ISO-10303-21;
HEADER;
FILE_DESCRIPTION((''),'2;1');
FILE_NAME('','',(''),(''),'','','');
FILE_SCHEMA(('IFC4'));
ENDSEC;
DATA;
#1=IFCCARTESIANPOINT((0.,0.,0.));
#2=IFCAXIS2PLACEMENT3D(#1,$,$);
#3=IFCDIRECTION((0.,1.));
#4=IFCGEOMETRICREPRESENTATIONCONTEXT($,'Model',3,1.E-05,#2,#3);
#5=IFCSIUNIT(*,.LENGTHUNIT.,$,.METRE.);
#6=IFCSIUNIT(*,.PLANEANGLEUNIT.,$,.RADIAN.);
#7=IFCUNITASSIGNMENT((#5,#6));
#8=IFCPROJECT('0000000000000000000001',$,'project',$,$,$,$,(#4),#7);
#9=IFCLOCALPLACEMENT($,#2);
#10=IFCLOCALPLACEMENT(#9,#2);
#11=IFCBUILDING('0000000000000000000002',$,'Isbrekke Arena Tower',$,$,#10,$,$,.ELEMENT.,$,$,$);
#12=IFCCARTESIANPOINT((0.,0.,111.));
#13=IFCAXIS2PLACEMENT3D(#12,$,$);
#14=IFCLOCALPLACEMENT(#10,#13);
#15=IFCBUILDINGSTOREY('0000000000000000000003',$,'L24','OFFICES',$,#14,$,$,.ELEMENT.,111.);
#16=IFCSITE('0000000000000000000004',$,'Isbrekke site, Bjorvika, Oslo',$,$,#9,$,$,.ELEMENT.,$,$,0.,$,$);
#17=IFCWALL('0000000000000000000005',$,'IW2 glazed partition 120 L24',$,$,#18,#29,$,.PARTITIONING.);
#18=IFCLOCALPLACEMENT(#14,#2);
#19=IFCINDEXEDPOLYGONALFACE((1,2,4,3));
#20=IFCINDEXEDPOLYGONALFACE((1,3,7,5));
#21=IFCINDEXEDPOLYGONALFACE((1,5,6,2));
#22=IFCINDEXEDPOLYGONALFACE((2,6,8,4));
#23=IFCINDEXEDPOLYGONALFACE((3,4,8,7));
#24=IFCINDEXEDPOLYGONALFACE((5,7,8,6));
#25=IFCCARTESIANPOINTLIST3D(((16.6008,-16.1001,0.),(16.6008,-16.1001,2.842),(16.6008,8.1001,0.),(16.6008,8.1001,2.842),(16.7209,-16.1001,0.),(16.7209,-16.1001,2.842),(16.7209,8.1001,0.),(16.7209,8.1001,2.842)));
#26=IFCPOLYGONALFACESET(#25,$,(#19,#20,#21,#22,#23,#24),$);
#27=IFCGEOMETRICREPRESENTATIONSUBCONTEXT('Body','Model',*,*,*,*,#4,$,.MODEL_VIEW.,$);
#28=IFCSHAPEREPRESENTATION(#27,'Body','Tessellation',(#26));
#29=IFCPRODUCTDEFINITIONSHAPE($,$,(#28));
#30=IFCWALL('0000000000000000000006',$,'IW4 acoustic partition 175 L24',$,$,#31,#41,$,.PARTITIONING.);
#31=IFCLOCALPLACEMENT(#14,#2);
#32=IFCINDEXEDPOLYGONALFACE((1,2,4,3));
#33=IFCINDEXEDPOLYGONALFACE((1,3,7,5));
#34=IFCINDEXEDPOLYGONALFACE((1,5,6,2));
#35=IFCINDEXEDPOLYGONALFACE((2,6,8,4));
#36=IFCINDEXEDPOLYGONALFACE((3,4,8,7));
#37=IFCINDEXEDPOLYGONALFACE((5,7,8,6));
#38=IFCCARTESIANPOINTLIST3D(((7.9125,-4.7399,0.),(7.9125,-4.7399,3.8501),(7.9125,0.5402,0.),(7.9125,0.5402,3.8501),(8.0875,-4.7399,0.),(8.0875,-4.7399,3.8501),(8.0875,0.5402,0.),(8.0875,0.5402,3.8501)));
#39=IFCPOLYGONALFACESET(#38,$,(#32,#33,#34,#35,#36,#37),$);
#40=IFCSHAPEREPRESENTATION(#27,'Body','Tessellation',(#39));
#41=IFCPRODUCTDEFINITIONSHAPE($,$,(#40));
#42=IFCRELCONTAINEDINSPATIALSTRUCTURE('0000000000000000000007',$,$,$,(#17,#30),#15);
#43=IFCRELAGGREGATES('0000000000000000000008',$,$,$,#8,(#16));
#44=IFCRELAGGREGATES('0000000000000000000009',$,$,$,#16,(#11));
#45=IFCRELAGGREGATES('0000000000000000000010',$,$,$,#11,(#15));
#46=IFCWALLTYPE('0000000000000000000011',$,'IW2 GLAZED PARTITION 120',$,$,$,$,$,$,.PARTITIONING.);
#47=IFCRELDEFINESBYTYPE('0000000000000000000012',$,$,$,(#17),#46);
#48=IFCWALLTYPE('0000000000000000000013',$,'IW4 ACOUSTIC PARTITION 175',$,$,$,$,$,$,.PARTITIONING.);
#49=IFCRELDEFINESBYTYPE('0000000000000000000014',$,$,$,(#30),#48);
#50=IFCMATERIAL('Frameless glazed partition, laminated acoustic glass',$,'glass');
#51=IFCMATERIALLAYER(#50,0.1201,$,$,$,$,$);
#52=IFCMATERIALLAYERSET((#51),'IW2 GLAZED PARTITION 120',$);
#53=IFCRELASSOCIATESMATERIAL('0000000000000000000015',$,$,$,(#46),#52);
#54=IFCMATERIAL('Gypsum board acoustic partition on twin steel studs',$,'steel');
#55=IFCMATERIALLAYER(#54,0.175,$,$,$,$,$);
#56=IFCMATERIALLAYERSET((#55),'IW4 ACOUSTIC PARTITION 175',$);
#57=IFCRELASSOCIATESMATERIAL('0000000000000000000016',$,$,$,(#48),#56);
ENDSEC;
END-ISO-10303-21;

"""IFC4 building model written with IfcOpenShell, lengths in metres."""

from ifc_helpers import new_model, si_unit, direction, frame, frame_2d, origin, place, context, subcontext, project, spatial, rectangle, extrude, material, layer, layer_set, type_object, element, save


model = new_model("IFC4")

# Units and contexts
model_context = context("Model", 3, precision=1e-05, world=origin(), true_north=direction((0.0, 1.0)))
body_context = subcontext(model_context, "Body", "Model", "MODEL_VIEW")
ifc_project = project(units=[si_unit("LENGTHUNIT", "METRE"), si_unit("PLANEANGLEUNIT", "RADIAN")], contexts=[model_context])

# Site, building, storey
site_placement = place(None, origin())
site = spatial("IfcSite", under=ifc_project, at=site_placement, Name="Isbrekke site, Bjorvika, Oslo", CompositionType="ELEMENT", RefElevation=0.0)
building_placement = place(site_placement, origin())
building = spatial("IfcBuilding", under=site, at=building_placement, Name="Isbrekke Arena Tower", CompositionType="ELEMENT")
storey_placement = place(building_placement, frame((0.0, 0.0, 111.0)))
storey = spatial("IfcBuildingStorey", under=building, at=storey_placement, Name="L24", Description="OFFICES", CompositionType="ELEMENT", Elevation=111.0)

# Walls
ifc_material_1 = material(Name="Frameless glazed partition, laminated acoustic glass", Category="glass")
ifc_layer_1 = layer(ifc_material_1, 0.1201)
ifc_layer_set_1 = layer_set([ifc_layer_1], Name="IW2 GLAZED PARTITION 120")
wall_type_1 = type_object("IfcWallType", Name="IW2 GLAZED PARTITION 120", PredefinedType="PARTITIONING", material=ifc_layer_set_1)
wall_1_placement = place(storey_placement, frame((16.6609, -16.1001, 0.0), z_axis=(0.0, 0.0, 1.0), x_axis=(0.0, 1.0, 0.0)))
element("IfcWall", 1, at=wall_1_placement, inside=storey, type_object=wall_type_1, Name="IW2 glazed partition 120 L24", PredefinedType="PARTITIONING", context=body_context, shape_type="SweptSolid", body=[
    extrude(rectangle(XDim=24.2002, YDim=0.1201, at=frame_2d((12.1001, 0.0))), origin(), (0.0, 0.0, 1.0), 2.842),
])
ifc_material_2 = material(Name="Gypsum board acoustic partition on twin steel studs", Category="steel")
ifc_layer_2 = layer(ifc_material_2, 0.175)
ifc_layer_set_2 = layer_set([ifc_layer_2], Name="IW4 ACOUSTIC PARTITION 175")
wall_type_2 = type_object("IfcWallType", Name="IW4 ACOUSTIC PARTITION 175", PredefinedType="PARTITIONING", material=ifc_layer_set_2)
wall_2_placement = place(storey_placement, frame((8.0, -4.74, 0.0), z_axis=(0.0, 0.0, 1.0), x_axis=(0.0, 1.0, 0.0)))
element("IfcWall", 2, at=wall_2_placement, inside=storey, type_object=wall_type_2, Name="IW4 acoustic partition 175 L24", PredefinedType="PARTITIONING", context=body_context, shape_type="SweptSolid", body=[
    extrude(rectangle(XDim=5.28, YDim=0.175, at=frame_2d((2.6401, 0.0))), origin(), (0.0, 0.0, 1.0), 3.8501),
])

save(model, "model.ifc")
